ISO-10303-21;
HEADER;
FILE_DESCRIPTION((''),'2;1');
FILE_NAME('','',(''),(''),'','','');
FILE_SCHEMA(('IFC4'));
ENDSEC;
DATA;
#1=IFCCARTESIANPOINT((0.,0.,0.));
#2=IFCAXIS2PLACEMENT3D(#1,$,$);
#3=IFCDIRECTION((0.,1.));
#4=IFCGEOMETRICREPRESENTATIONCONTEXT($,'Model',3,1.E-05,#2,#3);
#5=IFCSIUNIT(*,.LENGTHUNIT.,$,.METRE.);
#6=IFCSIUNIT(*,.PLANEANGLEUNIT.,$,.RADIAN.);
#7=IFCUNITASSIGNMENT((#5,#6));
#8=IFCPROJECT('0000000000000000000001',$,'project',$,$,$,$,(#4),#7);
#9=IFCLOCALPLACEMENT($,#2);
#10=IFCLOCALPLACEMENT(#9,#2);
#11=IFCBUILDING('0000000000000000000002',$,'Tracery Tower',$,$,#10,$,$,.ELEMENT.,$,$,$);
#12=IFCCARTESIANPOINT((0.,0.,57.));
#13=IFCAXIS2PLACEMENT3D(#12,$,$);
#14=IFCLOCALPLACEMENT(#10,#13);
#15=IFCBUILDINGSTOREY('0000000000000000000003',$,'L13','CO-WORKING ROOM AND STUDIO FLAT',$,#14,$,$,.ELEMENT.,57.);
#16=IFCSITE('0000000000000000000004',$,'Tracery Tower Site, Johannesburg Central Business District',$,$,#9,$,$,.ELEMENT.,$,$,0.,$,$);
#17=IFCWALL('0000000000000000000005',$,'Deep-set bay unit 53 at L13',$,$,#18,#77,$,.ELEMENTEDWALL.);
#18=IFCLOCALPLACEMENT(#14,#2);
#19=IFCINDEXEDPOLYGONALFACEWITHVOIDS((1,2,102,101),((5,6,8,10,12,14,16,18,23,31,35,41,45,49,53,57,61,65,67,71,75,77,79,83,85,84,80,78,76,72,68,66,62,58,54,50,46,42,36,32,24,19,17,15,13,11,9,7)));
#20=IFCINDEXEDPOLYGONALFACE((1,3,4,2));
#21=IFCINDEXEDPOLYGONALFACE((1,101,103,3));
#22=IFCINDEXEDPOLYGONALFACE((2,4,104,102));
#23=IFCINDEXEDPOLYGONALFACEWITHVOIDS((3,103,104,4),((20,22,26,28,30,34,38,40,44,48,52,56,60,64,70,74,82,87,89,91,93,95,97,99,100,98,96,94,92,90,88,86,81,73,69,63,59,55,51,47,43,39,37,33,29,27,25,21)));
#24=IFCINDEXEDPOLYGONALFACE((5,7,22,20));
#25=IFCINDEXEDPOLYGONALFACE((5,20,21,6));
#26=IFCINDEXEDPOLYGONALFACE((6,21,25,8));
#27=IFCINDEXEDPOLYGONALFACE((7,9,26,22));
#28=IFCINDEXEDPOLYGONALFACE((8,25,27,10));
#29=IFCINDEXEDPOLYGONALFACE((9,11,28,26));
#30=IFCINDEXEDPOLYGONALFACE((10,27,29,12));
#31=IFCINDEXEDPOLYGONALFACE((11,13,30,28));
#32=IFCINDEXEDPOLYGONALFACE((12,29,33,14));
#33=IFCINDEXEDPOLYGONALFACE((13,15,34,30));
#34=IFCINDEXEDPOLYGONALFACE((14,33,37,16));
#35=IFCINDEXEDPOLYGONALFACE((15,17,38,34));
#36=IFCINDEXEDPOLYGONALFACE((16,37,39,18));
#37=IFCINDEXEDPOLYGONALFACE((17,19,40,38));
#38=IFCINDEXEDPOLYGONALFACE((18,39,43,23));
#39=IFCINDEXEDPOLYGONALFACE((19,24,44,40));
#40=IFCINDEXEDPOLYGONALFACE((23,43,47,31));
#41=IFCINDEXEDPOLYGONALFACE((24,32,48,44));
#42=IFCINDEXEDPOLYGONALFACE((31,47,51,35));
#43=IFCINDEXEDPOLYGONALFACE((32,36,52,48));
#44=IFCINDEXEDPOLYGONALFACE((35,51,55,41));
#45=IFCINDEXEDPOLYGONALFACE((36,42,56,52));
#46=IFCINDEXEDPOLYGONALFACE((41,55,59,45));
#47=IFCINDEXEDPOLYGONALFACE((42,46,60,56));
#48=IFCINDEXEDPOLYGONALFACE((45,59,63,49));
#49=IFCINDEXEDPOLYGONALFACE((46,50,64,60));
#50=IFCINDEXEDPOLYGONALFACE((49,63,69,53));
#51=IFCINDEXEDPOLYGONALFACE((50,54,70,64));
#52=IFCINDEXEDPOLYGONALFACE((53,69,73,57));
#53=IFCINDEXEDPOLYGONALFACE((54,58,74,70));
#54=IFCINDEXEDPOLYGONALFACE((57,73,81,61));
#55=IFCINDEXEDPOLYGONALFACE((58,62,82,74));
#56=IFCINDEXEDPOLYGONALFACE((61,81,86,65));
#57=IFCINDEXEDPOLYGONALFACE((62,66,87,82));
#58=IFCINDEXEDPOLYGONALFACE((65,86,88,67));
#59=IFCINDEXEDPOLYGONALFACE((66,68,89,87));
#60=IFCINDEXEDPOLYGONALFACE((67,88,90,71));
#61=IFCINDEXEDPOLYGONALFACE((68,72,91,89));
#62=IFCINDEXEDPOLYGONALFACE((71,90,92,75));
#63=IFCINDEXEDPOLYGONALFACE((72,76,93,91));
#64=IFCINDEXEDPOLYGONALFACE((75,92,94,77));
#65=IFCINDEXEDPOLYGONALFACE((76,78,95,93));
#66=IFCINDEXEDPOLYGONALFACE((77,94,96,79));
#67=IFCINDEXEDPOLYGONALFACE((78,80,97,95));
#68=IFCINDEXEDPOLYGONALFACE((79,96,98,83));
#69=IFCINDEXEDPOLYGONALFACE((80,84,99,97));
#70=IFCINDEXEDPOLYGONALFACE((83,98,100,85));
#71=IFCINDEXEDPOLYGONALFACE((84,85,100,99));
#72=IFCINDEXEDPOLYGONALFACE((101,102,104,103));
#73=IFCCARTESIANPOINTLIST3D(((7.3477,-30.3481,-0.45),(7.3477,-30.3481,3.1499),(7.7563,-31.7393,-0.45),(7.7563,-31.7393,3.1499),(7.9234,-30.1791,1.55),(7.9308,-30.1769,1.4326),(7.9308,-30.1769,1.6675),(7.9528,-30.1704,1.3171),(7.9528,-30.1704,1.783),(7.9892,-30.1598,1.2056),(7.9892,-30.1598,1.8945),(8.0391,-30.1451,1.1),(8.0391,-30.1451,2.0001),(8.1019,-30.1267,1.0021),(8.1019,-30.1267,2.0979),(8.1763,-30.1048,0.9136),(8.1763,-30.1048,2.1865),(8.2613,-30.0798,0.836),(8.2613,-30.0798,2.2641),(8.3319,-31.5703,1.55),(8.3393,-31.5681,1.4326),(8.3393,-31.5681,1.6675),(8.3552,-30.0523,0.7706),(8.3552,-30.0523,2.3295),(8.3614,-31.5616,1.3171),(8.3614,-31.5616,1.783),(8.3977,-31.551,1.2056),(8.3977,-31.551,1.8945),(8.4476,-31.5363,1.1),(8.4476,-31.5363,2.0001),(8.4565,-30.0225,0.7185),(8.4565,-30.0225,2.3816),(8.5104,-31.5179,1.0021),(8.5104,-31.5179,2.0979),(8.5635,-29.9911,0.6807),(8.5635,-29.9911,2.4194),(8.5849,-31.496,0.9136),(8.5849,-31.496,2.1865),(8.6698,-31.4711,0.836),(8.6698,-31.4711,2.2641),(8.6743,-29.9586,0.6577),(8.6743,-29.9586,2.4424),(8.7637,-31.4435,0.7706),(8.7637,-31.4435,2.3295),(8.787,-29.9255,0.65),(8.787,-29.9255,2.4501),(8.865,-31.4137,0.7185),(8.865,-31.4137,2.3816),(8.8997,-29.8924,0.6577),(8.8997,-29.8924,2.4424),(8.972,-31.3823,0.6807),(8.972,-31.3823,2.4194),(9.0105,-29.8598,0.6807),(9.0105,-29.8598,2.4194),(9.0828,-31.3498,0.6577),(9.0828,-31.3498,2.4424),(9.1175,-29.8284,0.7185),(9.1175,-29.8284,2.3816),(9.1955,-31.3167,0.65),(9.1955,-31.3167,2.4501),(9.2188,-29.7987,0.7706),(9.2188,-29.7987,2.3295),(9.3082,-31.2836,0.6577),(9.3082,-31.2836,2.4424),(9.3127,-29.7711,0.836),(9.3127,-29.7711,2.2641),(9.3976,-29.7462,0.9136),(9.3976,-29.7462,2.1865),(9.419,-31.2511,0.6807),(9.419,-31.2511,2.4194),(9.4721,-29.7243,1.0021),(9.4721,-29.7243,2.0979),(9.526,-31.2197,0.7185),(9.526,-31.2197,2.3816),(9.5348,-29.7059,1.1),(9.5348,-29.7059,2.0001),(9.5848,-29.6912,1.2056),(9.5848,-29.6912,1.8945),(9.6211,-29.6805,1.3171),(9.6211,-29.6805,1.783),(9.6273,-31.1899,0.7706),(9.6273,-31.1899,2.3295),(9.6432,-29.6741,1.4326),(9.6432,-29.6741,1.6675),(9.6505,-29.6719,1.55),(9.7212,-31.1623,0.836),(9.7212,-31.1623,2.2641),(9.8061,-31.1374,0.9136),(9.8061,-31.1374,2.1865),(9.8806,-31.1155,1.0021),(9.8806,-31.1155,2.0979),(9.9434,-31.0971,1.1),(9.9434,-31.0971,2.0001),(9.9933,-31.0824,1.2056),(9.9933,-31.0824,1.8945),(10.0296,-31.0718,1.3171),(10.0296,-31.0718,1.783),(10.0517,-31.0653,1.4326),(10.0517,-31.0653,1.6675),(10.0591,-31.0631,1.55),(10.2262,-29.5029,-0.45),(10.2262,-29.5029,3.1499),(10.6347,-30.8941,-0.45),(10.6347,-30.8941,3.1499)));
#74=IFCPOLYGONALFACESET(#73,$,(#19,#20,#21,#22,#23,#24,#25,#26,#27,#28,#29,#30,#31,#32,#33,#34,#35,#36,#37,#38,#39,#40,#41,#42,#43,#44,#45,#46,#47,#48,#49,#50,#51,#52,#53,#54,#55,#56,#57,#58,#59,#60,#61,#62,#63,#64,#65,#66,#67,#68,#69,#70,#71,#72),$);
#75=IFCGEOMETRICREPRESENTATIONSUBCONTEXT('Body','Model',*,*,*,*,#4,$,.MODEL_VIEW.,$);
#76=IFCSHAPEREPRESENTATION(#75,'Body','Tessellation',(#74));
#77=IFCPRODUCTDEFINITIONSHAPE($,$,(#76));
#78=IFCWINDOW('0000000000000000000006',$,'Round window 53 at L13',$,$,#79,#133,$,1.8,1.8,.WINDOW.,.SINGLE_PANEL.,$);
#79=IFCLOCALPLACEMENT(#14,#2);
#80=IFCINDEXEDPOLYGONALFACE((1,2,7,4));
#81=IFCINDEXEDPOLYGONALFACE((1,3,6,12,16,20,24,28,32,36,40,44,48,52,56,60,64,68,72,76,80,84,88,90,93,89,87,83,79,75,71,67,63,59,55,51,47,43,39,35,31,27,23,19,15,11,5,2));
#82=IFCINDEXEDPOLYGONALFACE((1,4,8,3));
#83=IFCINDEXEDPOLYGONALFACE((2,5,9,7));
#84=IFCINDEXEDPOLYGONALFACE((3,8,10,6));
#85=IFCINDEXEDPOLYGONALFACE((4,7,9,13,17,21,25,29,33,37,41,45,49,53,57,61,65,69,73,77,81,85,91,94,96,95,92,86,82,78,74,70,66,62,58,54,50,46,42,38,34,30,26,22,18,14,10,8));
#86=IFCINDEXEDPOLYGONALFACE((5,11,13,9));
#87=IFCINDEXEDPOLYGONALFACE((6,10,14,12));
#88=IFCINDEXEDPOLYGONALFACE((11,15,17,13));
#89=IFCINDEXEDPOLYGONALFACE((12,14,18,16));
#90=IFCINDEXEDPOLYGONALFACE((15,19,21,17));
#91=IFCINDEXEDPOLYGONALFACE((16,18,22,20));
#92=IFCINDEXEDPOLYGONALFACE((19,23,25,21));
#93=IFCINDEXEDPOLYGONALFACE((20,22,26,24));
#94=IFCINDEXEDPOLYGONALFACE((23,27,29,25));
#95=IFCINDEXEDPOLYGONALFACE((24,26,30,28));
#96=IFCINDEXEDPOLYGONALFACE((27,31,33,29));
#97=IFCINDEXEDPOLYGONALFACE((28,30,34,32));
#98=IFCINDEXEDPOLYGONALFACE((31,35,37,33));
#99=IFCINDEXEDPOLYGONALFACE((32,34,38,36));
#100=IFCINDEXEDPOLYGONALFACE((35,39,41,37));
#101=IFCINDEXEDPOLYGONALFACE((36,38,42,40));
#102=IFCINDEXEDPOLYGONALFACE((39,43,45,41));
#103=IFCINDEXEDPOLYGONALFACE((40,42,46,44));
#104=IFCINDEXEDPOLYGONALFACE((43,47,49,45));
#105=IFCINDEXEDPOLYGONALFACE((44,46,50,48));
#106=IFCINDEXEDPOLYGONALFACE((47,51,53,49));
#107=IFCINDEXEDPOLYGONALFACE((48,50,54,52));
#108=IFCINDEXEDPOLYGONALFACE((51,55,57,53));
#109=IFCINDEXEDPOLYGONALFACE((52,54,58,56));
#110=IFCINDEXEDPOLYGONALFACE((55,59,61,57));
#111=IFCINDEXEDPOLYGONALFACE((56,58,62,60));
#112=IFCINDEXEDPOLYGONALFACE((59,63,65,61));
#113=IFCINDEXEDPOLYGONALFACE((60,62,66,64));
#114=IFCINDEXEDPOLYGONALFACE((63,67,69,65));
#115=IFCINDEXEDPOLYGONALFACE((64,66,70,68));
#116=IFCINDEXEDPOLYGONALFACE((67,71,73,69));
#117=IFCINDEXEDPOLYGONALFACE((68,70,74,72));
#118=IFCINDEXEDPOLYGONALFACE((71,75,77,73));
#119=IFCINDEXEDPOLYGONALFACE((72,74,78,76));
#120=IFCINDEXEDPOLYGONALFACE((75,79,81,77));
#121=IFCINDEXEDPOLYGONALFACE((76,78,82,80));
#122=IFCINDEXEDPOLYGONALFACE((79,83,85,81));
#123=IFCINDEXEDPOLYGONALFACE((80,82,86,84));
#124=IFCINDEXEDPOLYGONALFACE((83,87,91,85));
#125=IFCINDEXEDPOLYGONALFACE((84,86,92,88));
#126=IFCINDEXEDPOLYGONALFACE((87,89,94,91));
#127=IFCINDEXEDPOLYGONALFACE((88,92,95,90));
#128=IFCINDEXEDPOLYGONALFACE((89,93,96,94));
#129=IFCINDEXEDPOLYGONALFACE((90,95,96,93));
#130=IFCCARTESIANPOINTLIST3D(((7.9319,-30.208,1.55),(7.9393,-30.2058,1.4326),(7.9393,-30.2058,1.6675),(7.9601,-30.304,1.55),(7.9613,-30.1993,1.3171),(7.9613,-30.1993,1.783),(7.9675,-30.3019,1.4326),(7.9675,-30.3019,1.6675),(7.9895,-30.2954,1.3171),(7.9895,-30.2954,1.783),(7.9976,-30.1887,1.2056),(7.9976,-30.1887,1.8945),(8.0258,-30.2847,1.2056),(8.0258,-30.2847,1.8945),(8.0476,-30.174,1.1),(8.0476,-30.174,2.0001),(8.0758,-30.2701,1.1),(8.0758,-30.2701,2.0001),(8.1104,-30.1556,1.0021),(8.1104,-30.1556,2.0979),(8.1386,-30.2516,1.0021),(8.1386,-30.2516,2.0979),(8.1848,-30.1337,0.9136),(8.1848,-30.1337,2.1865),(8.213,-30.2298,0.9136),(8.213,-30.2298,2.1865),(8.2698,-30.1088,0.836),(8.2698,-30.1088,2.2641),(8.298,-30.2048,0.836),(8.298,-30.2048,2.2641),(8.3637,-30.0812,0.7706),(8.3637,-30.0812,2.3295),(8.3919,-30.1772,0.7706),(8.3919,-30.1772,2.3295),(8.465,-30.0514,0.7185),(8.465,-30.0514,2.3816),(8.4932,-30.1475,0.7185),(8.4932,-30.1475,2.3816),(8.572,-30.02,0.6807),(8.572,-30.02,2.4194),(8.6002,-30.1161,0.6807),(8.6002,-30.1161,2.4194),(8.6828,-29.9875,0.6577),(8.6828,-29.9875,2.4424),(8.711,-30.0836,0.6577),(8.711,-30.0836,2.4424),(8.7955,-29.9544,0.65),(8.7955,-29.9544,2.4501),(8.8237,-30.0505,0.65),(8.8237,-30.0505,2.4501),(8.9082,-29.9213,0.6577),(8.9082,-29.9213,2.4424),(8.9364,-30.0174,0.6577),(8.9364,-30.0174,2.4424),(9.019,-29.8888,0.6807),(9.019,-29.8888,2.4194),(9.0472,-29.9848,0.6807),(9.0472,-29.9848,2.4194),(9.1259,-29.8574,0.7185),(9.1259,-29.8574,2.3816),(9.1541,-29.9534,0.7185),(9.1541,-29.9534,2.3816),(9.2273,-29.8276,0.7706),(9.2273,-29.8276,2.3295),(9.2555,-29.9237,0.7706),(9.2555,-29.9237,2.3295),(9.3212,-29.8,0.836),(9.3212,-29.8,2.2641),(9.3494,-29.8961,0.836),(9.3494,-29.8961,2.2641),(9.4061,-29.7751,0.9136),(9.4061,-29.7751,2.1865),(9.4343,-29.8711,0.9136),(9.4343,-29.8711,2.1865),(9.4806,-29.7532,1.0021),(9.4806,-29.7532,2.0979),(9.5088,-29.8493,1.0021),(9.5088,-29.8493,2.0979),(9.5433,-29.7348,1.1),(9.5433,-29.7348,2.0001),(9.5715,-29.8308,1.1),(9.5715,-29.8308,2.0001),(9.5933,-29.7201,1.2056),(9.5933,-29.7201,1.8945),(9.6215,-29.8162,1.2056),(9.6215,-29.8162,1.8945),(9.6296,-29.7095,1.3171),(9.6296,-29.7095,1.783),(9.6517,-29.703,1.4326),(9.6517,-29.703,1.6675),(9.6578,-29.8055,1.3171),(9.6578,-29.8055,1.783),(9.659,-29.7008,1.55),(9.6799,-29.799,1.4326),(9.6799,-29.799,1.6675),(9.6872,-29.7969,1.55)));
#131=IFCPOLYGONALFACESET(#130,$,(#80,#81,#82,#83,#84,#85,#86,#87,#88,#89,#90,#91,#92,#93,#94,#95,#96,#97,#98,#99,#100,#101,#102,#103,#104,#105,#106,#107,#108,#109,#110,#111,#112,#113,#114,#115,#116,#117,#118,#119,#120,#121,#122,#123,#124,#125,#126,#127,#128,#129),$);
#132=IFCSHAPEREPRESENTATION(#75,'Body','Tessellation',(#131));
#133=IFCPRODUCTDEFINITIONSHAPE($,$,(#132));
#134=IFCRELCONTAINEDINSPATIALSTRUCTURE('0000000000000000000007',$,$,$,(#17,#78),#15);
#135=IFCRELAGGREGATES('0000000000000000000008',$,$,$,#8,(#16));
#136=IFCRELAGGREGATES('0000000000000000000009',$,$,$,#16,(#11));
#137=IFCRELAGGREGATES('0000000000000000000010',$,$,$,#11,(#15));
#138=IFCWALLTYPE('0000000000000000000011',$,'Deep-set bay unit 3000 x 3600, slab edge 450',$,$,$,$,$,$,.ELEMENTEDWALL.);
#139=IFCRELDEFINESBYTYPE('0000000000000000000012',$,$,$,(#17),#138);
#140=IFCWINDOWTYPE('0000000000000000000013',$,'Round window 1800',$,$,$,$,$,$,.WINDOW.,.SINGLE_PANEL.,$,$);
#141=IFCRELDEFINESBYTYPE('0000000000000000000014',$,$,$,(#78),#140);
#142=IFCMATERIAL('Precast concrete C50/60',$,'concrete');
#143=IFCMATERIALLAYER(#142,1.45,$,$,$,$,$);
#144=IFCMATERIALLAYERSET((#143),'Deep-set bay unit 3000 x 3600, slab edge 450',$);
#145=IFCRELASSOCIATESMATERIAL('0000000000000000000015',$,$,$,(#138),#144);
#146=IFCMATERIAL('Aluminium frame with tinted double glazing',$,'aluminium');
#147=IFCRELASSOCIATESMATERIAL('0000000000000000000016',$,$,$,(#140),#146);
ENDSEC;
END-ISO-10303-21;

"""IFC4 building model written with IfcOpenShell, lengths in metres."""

from ifc_helpers import new_model, si_unit, direction, frame, frame_2d, origin, origin_2d, place, context, subcontext, project, spatial, rectangle, circle, extrude, material, layer, layer_set, type_object, element, fill, save


model = new_model("IFC4")

# Units and contexts
model_context = context("Model", 3, precision=1e-05, world=origin(), true_north=direction((0.0, 1.0)))
body_context = subcontext(model_context, "Body", "Model", "MODEL_VIEW")
ifc_project = project(units=[si_unit("LENGTHUNIT", "METRE"), si_unit("PLANEANGLEUNIT", "RADIAN")], contexts=[model_context])

# Site, building, storey
site_placement = place(None, origin())
site = spatial("IfcSite", under=ifc_project, at=site_placement, Name="Tracery Tower Site, Johannesburg Central Business District", CompositionType="ELEMENT", RefElevation=0.0)
building_placement = place(site_placement, origin())
building = spatial("IfcBuilding", under=site, at=building_placement, Name="Tracery Tower", CompositionType="ELEMENT")
storey_placement = place(building_placement, frame((0.0, 0.0, 57.0)))
storey = spatial("IfcBuildingStorey", under=building, at=storey_placement, Name="L13", Description="CO-WORKING ROOM AND STUDIO FLAT", CompositionType="ELEMENT", Elevation=57.0)

# Wall, opening, window
ifc_material_1 = material(Name="Precast concrete C50/60", Category="concrete")
ifc_layer_1 = layer(ifc_material_1, 1.45)
ifc_layer_set_1 = layer_set([ifc_layer_1], Name="Deep-set bay unit 3000 x 3600, slab edge 450")
wall_type_1 = type_object("IfcWallType", Name="Deep-set bay unit 3000 x 3600, slab edge 450", PredefinedType="ELEMENTEDWALL", material=ifc_layer_set_1)
wall_1_placement = place(storey_placement, frame((7.552, -31.0437, -0.45), z_axis=(0.0, 0.0, 1.0), x_axis=(0.95949, 0.281743, 0.0)))
wall_1 = element("IfcWall", 1, at=wall_1_placement, inside=storey, type_object=wall_type_1, Name="Deep-set bay unit 53 at L13", PredefinedType="ELEMENTEDWALL", context=body_context, shape_type="SweptSolid", body=[
    extrude(rectangle(XDim=3.0, YDim=1.45, at=frame_2d((1.5, 0.0))), origin(), (0.0, 0.0, 1.0), 3.5999),
])
opening_1_placement = place(wall_1_placement, frame((1.5, 0.0, 2.0)))
opening_1 = element("IfcOpeningElement", 2, at=opening_1_placement, cuts=wall_1, PredefinedType="OPENING", context=body_context, shape_type="SweptSolid", body=[
    extrude(circle(Radius=0.9, at=origin_2d()), frame((0.0, 0.7349, 0.0), z_axis=(0.0, -1.0, 0.0), x_axis=(1.0, 0.0, 0.0)), (0.0, 0.0, 1.0), 1.47),
])
ifc_material_2 = material(Name="Aluminium frame with tinted double glazing", Category="aluminium")
window_type = type_object("IfcWindowType", Name="Round window 1800", PartitioningType="SINGLE_PANEL", PredefinedType="WINDOW", material=ifc_material_2)
window_1_placement = place(opening_1_placement, origin())
window_1 = element("IfcWindow", 3, at=window_1_placement, inside=storey, type_object=window_type, Name="Round window 53 at L13", OverallHeight=1.8, OverallWidth=1.8, PartitioningType="SINGLE_PANEL", PredefinedType="WINDOW", context=body_context, shape_type="SweptSolid", body=[
    extrude(circle(Radius=0.9, at=origin_2d()), frame((0.0, 0.6948, 0.0), z_axis=(0.0, -1.0, 0.0), x_axis=(1.0, 0.0, 0.0)), (0.0, 0.0, 1.0), 0.1001),
])
fill(opening_1, window_1)

save(model, "model.ifc")
